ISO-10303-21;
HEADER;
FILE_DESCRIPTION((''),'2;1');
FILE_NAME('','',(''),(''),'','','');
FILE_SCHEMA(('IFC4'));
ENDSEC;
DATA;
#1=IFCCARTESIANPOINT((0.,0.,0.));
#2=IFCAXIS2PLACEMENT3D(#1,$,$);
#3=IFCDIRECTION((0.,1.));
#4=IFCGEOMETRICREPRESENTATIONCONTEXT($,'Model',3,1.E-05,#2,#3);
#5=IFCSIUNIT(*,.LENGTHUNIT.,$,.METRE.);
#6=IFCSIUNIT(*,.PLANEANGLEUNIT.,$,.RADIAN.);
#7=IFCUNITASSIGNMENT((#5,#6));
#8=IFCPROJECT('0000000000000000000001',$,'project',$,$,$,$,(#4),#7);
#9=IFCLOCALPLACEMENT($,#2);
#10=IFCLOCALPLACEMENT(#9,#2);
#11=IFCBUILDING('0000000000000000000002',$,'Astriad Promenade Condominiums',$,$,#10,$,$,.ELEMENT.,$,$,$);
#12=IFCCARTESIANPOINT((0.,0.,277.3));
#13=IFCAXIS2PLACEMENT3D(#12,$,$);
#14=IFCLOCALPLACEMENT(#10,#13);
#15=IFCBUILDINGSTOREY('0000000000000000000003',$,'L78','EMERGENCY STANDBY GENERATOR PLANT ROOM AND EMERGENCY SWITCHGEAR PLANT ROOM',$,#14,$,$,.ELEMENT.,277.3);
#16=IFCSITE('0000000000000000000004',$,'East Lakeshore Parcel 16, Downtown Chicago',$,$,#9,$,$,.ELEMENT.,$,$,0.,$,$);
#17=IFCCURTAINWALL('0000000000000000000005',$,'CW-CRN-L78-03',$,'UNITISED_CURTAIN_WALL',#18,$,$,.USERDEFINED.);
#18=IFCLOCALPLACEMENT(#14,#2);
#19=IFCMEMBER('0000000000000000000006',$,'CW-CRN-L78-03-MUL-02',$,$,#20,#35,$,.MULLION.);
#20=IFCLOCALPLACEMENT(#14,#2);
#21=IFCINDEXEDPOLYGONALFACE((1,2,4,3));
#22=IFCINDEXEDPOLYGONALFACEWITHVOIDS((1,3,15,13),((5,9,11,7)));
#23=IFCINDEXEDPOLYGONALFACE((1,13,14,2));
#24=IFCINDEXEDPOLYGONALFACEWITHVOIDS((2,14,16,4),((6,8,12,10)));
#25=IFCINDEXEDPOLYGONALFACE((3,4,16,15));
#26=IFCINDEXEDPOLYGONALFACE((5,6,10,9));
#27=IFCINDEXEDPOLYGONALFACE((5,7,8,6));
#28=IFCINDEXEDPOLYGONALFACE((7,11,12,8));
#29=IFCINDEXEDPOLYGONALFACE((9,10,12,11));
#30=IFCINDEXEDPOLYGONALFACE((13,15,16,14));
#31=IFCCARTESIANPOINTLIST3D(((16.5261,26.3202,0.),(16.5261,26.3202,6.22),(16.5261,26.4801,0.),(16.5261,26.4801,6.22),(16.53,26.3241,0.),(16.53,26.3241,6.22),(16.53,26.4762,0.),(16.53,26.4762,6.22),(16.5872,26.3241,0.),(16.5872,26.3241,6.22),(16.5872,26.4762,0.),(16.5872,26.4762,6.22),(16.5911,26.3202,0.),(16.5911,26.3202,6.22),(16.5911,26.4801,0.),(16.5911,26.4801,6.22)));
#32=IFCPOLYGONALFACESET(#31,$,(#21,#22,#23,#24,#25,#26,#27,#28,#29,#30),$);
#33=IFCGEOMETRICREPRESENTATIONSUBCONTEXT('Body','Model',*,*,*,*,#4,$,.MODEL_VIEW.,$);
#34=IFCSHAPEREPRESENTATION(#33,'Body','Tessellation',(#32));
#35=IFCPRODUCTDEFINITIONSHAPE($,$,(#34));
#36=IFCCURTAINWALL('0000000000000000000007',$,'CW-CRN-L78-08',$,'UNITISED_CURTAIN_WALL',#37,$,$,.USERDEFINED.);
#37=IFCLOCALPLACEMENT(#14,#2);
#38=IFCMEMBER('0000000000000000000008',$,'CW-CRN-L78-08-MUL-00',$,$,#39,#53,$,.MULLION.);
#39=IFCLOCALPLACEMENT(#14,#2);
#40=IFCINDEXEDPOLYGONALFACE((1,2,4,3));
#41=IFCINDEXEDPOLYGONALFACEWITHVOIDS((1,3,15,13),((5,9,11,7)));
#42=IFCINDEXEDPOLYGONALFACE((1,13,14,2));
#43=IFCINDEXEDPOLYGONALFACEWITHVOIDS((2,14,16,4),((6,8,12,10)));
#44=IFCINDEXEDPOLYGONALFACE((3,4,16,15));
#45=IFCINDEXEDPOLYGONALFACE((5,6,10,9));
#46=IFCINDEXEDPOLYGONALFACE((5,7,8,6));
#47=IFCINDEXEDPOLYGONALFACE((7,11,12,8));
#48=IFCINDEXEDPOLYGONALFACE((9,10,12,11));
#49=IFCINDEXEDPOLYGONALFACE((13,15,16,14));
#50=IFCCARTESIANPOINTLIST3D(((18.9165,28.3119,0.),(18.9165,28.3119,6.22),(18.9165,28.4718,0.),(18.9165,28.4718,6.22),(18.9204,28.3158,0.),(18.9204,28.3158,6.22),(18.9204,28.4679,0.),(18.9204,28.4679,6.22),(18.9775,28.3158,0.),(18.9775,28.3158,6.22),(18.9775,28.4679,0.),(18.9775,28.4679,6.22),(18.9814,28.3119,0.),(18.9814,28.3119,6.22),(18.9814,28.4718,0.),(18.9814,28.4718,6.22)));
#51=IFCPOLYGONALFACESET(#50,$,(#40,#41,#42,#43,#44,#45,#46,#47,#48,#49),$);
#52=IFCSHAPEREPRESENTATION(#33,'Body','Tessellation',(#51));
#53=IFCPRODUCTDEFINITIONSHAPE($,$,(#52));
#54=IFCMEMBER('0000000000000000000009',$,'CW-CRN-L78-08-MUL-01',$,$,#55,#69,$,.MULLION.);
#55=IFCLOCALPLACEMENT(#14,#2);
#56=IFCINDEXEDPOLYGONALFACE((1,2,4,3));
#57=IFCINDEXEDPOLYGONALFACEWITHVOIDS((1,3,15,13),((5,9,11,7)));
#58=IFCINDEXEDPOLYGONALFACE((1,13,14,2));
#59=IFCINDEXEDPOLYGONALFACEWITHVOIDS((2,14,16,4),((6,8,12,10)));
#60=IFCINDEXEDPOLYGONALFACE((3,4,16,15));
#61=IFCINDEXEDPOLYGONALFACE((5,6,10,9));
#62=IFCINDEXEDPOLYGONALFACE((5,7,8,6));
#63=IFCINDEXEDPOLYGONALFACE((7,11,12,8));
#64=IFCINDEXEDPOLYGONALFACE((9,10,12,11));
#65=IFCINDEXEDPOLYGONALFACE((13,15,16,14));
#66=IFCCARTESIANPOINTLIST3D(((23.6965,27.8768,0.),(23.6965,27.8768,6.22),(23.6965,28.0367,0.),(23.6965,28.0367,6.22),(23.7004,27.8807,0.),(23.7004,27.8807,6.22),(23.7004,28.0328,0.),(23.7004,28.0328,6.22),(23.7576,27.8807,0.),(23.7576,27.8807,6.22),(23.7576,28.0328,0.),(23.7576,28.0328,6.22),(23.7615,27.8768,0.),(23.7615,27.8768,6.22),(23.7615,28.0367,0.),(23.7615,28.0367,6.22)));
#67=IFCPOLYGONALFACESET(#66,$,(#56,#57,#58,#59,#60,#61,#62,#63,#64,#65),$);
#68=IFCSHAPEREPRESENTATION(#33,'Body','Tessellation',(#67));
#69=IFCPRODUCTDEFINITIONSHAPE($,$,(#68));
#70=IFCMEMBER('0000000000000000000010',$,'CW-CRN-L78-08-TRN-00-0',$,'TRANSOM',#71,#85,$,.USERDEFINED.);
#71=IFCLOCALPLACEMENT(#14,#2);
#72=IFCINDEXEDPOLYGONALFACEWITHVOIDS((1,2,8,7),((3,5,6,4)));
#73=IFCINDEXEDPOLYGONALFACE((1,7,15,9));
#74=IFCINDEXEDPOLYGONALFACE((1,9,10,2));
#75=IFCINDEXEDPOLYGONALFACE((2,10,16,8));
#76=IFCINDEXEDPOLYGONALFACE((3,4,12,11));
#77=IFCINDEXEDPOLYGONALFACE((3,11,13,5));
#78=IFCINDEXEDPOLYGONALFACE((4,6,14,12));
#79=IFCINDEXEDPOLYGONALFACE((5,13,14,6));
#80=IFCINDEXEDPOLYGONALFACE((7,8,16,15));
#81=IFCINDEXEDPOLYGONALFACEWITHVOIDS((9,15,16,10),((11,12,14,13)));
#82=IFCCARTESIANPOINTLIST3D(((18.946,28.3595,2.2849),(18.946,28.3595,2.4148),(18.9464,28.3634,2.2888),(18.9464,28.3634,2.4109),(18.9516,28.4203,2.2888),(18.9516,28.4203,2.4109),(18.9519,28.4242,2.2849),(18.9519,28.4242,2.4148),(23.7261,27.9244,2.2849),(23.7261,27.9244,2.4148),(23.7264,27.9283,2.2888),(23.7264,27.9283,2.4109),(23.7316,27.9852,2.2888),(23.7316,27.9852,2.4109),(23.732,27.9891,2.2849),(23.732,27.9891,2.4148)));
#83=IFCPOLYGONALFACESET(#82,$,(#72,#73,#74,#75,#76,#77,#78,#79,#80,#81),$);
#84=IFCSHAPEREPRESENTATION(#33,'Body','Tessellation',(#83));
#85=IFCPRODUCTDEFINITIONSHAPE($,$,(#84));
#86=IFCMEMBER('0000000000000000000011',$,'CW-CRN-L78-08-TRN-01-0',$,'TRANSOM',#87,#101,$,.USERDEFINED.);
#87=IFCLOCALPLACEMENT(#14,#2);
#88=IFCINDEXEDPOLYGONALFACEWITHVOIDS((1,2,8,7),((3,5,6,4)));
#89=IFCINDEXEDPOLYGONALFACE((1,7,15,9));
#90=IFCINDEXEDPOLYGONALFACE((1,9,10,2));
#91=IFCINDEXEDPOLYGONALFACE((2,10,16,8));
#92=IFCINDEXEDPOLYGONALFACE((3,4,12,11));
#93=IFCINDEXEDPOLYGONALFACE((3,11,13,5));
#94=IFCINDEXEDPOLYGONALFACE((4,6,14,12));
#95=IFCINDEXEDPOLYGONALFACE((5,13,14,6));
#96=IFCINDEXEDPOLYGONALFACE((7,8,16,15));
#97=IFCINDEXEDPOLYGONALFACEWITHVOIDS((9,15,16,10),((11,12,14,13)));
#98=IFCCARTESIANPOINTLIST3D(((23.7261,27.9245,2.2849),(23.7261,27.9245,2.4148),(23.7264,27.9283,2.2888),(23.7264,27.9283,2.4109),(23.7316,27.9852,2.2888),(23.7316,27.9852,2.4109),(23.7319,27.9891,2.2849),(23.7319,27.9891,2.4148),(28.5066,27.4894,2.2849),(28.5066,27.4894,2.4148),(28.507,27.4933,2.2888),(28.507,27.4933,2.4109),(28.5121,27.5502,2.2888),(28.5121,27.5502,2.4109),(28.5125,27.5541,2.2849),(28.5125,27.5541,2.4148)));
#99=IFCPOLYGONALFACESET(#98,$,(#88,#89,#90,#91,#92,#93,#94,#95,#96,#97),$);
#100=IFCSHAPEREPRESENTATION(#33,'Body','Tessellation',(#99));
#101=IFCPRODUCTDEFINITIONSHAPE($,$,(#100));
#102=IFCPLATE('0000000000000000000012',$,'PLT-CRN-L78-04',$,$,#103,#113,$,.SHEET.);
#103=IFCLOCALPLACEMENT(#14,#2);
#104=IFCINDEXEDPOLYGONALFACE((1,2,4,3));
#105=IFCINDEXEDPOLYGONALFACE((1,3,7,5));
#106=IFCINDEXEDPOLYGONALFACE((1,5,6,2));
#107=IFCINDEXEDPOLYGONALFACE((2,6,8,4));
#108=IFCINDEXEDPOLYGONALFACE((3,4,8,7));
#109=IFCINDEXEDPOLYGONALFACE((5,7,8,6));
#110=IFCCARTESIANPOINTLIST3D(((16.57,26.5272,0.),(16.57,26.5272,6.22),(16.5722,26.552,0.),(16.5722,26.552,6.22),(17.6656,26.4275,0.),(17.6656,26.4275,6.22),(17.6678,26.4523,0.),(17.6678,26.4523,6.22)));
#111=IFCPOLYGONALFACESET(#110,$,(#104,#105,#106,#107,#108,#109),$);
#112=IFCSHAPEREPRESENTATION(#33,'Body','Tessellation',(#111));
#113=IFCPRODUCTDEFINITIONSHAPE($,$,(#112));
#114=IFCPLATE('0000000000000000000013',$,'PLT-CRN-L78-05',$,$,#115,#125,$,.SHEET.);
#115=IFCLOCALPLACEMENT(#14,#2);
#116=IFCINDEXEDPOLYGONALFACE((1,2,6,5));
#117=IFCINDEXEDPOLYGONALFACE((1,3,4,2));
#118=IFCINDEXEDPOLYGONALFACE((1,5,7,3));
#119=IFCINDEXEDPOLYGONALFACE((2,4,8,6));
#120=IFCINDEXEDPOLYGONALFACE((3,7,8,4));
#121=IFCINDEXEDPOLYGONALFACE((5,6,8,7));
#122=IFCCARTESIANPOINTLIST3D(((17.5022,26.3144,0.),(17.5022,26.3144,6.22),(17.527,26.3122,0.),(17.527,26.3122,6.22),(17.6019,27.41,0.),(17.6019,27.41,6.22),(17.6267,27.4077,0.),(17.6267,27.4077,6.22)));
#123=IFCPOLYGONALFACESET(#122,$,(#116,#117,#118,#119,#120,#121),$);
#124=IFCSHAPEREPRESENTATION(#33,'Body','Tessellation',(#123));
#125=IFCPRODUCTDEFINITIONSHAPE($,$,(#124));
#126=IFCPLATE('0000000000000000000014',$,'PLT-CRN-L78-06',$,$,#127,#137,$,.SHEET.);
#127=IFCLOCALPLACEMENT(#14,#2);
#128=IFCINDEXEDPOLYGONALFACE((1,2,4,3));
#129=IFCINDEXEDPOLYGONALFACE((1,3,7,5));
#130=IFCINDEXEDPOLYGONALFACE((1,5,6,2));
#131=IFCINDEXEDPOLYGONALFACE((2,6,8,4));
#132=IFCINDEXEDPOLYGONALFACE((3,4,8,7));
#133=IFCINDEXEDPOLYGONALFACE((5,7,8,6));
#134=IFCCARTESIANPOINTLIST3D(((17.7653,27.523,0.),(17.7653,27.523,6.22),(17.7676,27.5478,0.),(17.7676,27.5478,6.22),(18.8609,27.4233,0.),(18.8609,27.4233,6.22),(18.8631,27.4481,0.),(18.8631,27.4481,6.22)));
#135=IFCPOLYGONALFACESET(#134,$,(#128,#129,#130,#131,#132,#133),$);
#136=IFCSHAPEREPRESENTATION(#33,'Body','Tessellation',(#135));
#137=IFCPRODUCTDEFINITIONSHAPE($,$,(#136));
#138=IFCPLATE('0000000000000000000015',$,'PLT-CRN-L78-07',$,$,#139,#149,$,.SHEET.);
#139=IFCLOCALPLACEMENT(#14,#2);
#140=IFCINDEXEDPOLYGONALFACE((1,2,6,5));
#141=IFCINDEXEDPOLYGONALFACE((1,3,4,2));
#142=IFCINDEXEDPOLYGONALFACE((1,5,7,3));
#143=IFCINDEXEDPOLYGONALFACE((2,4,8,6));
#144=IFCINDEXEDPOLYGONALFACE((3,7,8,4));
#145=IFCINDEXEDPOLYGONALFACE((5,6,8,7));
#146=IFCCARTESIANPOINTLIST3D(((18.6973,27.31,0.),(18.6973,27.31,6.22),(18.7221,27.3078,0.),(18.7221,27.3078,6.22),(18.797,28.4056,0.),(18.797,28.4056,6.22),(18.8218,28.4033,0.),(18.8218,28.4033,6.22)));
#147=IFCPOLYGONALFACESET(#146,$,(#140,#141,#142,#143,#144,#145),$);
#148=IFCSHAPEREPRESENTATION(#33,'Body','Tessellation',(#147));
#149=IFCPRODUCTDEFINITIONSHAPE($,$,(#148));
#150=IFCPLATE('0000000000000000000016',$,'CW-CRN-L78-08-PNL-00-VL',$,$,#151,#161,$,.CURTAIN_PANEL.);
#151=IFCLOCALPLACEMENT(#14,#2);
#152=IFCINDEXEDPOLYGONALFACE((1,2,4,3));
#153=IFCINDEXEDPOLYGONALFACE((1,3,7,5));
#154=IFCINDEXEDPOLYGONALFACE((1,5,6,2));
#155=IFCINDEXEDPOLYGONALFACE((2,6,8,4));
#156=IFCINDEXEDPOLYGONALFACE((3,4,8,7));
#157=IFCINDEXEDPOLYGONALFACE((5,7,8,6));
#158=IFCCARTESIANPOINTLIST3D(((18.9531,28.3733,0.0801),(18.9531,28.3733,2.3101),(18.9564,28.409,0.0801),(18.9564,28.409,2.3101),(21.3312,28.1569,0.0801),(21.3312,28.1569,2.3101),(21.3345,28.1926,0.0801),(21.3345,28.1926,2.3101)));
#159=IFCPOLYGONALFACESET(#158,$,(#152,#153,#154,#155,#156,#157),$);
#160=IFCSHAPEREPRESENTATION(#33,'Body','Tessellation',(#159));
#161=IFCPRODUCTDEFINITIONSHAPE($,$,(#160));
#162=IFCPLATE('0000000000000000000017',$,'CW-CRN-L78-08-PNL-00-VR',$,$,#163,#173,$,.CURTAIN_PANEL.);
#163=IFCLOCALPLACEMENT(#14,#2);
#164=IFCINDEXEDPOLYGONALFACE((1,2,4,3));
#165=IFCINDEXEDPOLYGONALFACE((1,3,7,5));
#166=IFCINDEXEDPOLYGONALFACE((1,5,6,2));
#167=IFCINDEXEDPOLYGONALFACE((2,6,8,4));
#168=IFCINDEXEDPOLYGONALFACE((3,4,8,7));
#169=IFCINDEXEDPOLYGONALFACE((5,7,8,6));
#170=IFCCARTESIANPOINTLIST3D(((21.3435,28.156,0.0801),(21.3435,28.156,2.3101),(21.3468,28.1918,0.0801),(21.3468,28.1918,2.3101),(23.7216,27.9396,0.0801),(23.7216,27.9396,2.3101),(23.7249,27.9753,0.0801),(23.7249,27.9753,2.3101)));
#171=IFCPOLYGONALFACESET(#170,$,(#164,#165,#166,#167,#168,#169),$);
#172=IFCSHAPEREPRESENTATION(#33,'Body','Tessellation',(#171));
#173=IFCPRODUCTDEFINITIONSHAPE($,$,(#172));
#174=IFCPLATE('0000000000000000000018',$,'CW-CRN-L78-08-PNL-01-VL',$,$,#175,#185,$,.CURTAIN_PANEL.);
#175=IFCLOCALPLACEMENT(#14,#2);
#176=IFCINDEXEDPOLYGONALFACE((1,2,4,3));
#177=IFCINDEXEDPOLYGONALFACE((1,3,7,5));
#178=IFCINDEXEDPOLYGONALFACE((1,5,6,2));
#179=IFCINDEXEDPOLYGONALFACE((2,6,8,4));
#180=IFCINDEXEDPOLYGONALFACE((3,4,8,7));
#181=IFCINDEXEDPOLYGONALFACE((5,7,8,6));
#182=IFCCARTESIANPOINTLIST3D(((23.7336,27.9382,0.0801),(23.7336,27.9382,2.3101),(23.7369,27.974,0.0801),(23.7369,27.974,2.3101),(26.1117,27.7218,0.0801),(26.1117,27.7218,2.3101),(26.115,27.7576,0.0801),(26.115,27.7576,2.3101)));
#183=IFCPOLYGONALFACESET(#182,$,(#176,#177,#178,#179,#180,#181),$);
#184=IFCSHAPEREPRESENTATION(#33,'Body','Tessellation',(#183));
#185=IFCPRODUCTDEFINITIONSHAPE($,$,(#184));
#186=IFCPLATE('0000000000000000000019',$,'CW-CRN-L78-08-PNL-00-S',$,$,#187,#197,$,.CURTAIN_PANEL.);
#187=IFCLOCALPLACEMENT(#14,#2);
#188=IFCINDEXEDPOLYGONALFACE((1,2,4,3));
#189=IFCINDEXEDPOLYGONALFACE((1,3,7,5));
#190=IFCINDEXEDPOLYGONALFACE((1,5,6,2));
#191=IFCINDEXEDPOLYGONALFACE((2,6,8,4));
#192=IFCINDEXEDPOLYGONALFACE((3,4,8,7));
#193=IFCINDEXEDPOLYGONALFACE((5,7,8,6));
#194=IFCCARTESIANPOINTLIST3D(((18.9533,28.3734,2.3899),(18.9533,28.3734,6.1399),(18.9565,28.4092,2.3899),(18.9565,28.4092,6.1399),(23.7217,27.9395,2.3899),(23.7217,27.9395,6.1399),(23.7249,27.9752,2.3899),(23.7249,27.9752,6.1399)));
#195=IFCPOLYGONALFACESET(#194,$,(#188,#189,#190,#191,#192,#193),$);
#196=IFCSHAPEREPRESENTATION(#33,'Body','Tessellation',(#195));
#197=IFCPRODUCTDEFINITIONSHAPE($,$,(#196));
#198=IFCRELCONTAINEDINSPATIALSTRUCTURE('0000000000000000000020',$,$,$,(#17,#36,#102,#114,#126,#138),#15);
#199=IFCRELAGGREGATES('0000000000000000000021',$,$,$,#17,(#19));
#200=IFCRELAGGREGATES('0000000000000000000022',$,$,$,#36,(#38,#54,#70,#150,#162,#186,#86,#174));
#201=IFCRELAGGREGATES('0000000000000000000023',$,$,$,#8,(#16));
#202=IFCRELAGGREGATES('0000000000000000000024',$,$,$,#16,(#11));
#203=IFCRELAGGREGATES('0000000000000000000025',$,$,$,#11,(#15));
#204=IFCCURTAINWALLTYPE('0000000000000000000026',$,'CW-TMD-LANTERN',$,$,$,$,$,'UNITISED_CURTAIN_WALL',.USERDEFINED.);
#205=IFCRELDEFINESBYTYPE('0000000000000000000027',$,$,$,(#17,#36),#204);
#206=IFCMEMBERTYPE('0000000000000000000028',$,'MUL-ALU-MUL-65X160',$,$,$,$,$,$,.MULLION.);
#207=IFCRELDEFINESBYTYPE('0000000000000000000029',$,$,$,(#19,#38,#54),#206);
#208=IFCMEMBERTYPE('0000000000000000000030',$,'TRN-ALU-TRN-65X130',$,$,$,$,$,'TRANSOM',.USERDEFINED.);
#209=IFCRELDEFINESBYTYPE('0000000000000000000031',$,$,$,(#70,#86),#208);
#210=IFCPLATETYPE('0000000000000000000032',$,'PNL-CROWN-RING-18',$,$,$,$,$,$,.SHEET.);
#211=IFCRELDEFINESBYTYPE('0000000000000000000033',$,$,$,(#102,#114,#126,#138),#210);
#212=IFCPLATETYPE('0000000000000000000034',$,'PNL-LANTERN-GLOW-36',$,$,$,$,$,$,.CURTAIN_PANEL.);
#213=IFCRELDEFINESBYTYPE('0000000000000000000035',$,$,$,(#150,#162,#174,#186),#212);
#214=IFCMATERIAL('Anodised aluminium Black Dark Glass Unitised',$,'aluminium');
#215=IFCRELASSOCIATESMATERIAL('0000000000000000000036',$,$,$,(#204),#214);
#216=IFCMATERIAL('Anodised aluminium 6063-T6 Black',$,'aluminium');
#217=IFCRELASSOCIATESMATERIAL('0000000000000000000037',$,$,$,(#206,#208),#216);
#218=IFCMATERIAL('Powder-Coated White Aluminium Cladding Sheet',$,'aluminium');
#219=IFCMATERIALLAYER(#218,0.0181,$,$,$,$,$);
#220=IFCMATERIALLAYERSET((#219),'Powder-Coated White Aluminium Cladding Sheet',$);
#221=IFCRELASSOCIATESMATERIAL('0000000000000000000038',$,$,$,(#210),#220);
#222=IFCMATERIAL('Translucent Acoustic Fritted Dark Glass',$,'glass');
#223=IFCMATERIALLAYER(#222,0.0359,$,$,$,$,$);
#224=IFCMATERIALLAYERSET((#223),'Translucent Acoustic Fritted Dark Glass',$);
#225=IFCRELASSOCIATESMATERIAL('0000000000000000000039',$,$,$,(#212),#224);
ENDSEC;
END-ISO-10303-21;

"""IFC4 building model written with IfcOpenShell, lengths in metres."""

from ifc_helpers import new_model, si_unit, direction, frame, origin, origin_2d, place, context, subcontext, project, spatial, rectangle, hollow_rectangle, extrude, source, transform, mapped, material, layer, layer_set, material_profile, profile_set, type_object, type_shapes, element, aggregate, save


model = new_model("IFC4")

# Units and contexts
model_context = context("Model", 3, precision=1e-05, world=origin(), true_north=direction((0.0, 1.0)))
body_context = subcontext(model_context, "Body", "Model", "MODEL_VIEW")
ifc_project = project(units=[si_unit("LENGTHUNIT", "METRE"), si_unit("PLANEANGLEUNIT", "RADIAN")], contexts=[model_context])

# Site, building, storey
site_placement = place(None, origin())
site = spatial("IfcSite", under=ifc_project, at=site_placement, Name="East Lakeshore Parcel 16, Downtown Chicago", CompositionType="ELEMENT", RefElevation=0.0)
building_placement = place(site_placement, origin())
building = spatial("IfcBuilding", under=site, at=building_placement, Name="Astriad Promenade Condominiums", CompositionType="ELEMENT")
storey_placement = place(building_placement, frame((0.0, 0.0, 277.3)))
storey = spatial("IfcBuildingStorey", under=building, at=storey_placement, Name="L78", Description="EMERGENCY STANDBY GENERATOR PLANT ROOM AND EMERGENCY SWITCHGEAR PLANT ROOM", CompositionType="ELEMENT", Elevation=277.3)

# Curtain wall, member
ifc_material_1 = material(Name="Anodised aluminium Black Dark Glass Unitised", Category="aluminium")
curtain_wall_type = type_object("IfcCurtainWallType", Name="CW-TMD-LANTERN", ElementType="UNITISED_CURTAIN_WALL", PredefinedType="USERDEFINED", material=ifc_material_1)
curtain_wall_1_placement = place(storey_placement, origin())
curtain_wall_1 = element("IfcCurtainWall", 1, at=curtain_wall_1_placement, inside=storey, type_object=curtain_wall_type, Name="CW-CRN-L78-03", ObjectType="UNITISED_CURTAIN_WALL", PredefinedType="USERDEFINED")
ifc_material_2 = material(Name="Anodised aluminium 6063-T6 Black", Category="aluminium")
ifc_material_profile_1 = material_profile(ifc_material_2, hollow_rectangle(XDim=0.0649, YDim=0.1599, WallThickness=0.0039, at=origin_2d()), Name="ALU-MUL-65X160")
ifc_profile_set_1 = profile_set([ifc_material_profile_1], Name="Anodised aluminium 6063-T6 Black")
member_type_1 = type_object("IfcMemberType", Name="MUL-ALU-MUL-65X160", PredefinedType="MULLION", material=ifc_profile_set_1)
shared_shape_1 = source(origin(), body_context, "Body", "SweptSolid", [
    extrude(hollow_rectangle(XDim=0.0649, YDim=0.1599, WallThickness=0.0039, at=origin_2d()), origin(), (0.0, 0.0, 1.0), 6.22),
])
type_shapes(member_type_1, [shared_shape_1])
member_1_placement = place(storey_placement, frame((16.5586, 26.4001, 0.0), z_axis=(0.0, 0.0, 1.0), x_axis=(1.0, 0.0, 0.0)))
member_1 = element("IfcMember", 2, at=member_1_placement, type_object=member_type_1, Name="CW-CRN-L78-03-MUL-02", PredefinedType="MULLION", context=body_context, shape_type="MappedRepresentation", body=[
    mapped(shared_shape_1, transform((0.0, 0.0, 0.0), scale=1.0)),
])
aggregate(curtain_wall_1, [member_1])

# Curtain wall, members
curtain_wall_2_placement = place(storey_placement, origin())
curtain_wall_2 = element("IfcCurtainWall", 3, at=curtain_wall_2_placement, inside=storey, type_object=curtain_wall_type, Name="CW-CRN-L78-08", ObjectType="UNITISED_CURTAIN_WALL", PredefinedType="USERDEFINED")
member_2_placement = place(storey_placement, frame((18.949, 28.3918, 0.0), z_axis=(0.0, 0.0, 1.0), x_axis=(1.0, 0.0, 0.0)))
member_2 = element("IfcMember", 4, at=member_2_placement, type_object=member_type_1, Name="CW-CRN-L78-08-MUL-00", PredefinedType="MULLION", context=body_context, shape_type="MappedRepresentation", body=[
    mapped(shared_shape_1, transform((0.0, 0.0, 0.0), scale=1.0)),
])
member_3_placement = place(storey_placement, frame((23.729, 27.9568, 0.0), z_axis=(0.0, 0.0, 1.0), x_axis=(1.0, 0.0, 0.0)))
member_3 = element("IfcMember", 5, at=member_3_placement, type_object=member_type_1, Name="CW-CRN-L78-08-MUL-01", PredefinedType="MULLION", context=body_context, shape_type="MappedRepresentation", body=[
    mapped(shared_shape_1, transform((0.0, 0.0, 0.0), scale=1.0)),
])
ifc_material_profile_2 = material_profile(ifc_material_2, hollow_rectangle(XDim=0.0649, YDim=0.1299, WallThickness=0.0039, at=origin_2d()), Name="ALU-TRN-65X130")
ifc_profile_set_2 = profile_set([ifc_material_profile_2], Name="Anodised aluminium 6063-T6 Black")
member_type_2 = type_object("IfcMemberType", Name="TRN-ALU-TRN-65X130", ElementType="TRANSOM", PredefinedType="USERDEFINED", material=ifc_profile_set_2)
shared_shape_2 = source(origin(), body_context, "Body", "SweptSolid", [
    extrude(hollow_rectangle(XDim=0.0649, YDim=0.1299, WallThickness=0.0039, at=origin_2d()), origin(), (0.0, 0.0, 1.0), 4.7998),
])
member_4_placement = place(storey_placement, frame((18.949, 28.3918, 2.3499), z_axis=(0.995884, -0.090641, 0.0), x_axis=(0.090641, 0.995884, 0.0)))
member_4 = element("IfcMember", 6, at=member_4_placement, type_object=member_type_2, Name="CW-CRN-L78-08-TRN-00-0", ObjectType="TRANSOM", PredefinedType="USERDEFINED", context=body_context, shape_type="MappedRepresentation", body=[
    mapped(shared_shape_2, transform((0.0, 0.0, 0.0), scale=1.0)),
])
shared_shape_3 = source(origin(), body_context, "Body", "SweptSolid", [
    extrude(hollow_rectangle(XDim=0.0649, YDim=0.1299, WallThickness=0.0039, at=origin_2d()), origin(), (0.0, 0.0, 1.0), 4.8003),
])
type_shapes(member_type_2, [shared_shape_2, shared_shape_3])
member_5_placement = place(storey_placement, frame((23.729, 27.9568, 2.3499), z_axis=(0.995884, -0.090632, 0.0), x_axis=(0.090632, 0.995884, 0.0)))
member_5 = element("IfcMember", 7, at=member_5_placement, type_object=member_type_2, Name="CW-CRN-L78-08-TRN-01-0", ObjectType="TRANSOM", PredefinedType="USERDEFINED", context=body_context, shape_type="MappedRepresentation", body=[
    mapped(shared_shape_3, transform((0.0, 0.0, 0.0), scale=1.0)),
])

# Plates
ifc_material_3 = material(Name="Powder-Coated White Aluminium Cladding Sheet", Category="aluminium")
ifc_layer_1 = layer(ifc_material_3, 0.0181)
ifc_layer_set_1 = layer_set([ifc_layer_1], Name="Powder-Coated White Aluminium Cladding Sheet")
plate_type_1 = type_object("IfcPlateType", Name="PNL-CROWN-RING-18", PredefinedType="SHEET", material=ifc_layer_set_1)
shared_shape_4 = source(origin(), body_context, "Body", "SweptSolid", [
    extrude(rectangle(XDim=1.1001, YDim=0.0249, at=origin_2d()), origin(), (0.0, 0.0, 1.0), 6.22),
])
type_shapes(plate_type_1, [shared_shape_4])
for number, where, z_axis, x_axis, name in (
    (8, (17.1189, 26.4897, 0.0), (0.0, 0.0, 1.0), (0.995884, -0.090633, 0.0), "PLT-CRN-L78-04"),
    (9, (17.5645, 26.8611, 0.0), (0.0, 0.0, 1.0), (0.090633, 0.995884, 0.0), "PLT-CRN-L78-05"),
    (10, (18.3142, 27.4856, 0.0), (0.0, 0.0, 1.0), (0.995884, -0.090633, 0.0), "PLT-CRN-L78-06"),
    (11, (18.7595, 27.8567, 0.0), (0.0, 0.0, 1.0), (0.090633, 0.995884, 0.0), "PLT-CRN-L78-07"),
):
    element("IfcPlate", number, at=place(storey_placement, frame(where, z_axis=z_axis, x_axis=x_axis)), inside=storey, type_object=plate_type_1, Name=name, PredefinedType="SHEET", context=body_context, shape_type="MappedRepresentation", body=[
        mapped(shared_shape_4, transform((0.0, 0.0, 0.0), scale=1.0)),
    ])

# Plates
ifc_material_4 = material(Name="Translucent Acoustic Fritted Dark Glass", Category="glass")
ifc_layer_2 = layer(ifc_material_4, 0.0359)
ifc_layer_set_2 = layer_set([ifc_layer_2], Name="Translucent Acoustic Fritted Dark Glass")
plate_type_2 = type_object("IfcPlateType", Name="PNL-LANTERN-GLOW-36", PredefinedType="CURTAIN_PANEL", material=ifc_layer_set_2)
shared_shape_5 = source(origin(), body_context, "Body", "SweptSolid", [
    extrude(rectangle(XDim=2.3879, YDim=0.0359, at=origin_2d()), origin(), (0.0, 0.0, 1.0), 2.23),
])
plate_1_placement = place(storey_placement, frame((20.1438, 28.283, 0.0801), z_axis=(0.0, 0.0, 1.0), x_axis=(0.995884, -0.090633, 0.0)))
plate_1 = element("IfcPlate", 12, at=plate_1_placement, type_object=plate_type_2, Name="CW-CRN-L78-08-PNL-00-VL", PredefinedType="CURTAIN_PANEL", context=body_context, shape_type="MappedRepresentation", body=[
    mapped(shared_shape_5, transform((0.0, 0.0, 0.0), scale=1.0)),
])
plate_2_placement = place(storey_placement, frame((22.5342, 28.0657, 0.0801), z_axis=(0.0, 0.0, 1.0), x_axis=(0.995884, -0.090633, 0.0)))
plate_2 = element("IfcPlate", 13, at=plate_2_placement, type_object=plate_type_2, Name="CW-CRN-L78-08-PNL-00-VR", PredefinedType="CURTAIN_PANEL", context=body_context, shape_type="MappedRepresentation", body=[
    mapped(shared_shape_5, transform((0.0, 0.0, 0.0), scale=1.0)),
])
plate_3_placement = place(storey_placement, frame((24.9243, 27.8479, 0.0801), z_axis=(0.0, 0.0, 1.0), x_axis=(0.995884, -0.090633, 0.0)))
plate_3 = element("IfcPlate", 14, at=plate_3_placement, type_object=plate_type_2, Name="CW-CRN-L78-08-PNL-01-VL", PredefinedType="CURTAIN_PANEL", context=body_context, shape_type="MappedRepresentation", body=[
    mapped(shared_shape_5, transform((0.0, 0.0, 0.0), scale=1.0)),
])
shared_shape_6 = source(origin(), body_context, "Body", "SweptSolid", [
    extrude(rectangle(XDim=4.7881, YDim=0.0359, at=origin_2d()), origin(), (0.0, 0.0, 1.0), 3.75),
])
type_shapes(plate_type_2, [shared_shape_5, shared_shape_6])
plate_4_placement = place(storey_placement, frame((21.3391, 28.1743, 2.3899), z_axis=(0.0, 0.0, 1.0), x_axis=(0.995884, -0.090633, 0.0)))
plate_4 = element("IfcPlate", 15, at=plate_4_placement, type_object=plate_type_2, Name="CW-CRN-L78-08-PNL-00-S", PredefinedType="CURTAIN_PANEL", context=body_context, shape_type="MappedRepresentation", body=[
    mapped(shared_shape_6, transform((0.0, 0.0, 0.0), scale=1.0)),
])
aggregate(curtain_wall_2, [member_2, member_3, member_4, plate_1, plate_2, plate_4, member_5, plate_3])

save(model, "model.ifc")
